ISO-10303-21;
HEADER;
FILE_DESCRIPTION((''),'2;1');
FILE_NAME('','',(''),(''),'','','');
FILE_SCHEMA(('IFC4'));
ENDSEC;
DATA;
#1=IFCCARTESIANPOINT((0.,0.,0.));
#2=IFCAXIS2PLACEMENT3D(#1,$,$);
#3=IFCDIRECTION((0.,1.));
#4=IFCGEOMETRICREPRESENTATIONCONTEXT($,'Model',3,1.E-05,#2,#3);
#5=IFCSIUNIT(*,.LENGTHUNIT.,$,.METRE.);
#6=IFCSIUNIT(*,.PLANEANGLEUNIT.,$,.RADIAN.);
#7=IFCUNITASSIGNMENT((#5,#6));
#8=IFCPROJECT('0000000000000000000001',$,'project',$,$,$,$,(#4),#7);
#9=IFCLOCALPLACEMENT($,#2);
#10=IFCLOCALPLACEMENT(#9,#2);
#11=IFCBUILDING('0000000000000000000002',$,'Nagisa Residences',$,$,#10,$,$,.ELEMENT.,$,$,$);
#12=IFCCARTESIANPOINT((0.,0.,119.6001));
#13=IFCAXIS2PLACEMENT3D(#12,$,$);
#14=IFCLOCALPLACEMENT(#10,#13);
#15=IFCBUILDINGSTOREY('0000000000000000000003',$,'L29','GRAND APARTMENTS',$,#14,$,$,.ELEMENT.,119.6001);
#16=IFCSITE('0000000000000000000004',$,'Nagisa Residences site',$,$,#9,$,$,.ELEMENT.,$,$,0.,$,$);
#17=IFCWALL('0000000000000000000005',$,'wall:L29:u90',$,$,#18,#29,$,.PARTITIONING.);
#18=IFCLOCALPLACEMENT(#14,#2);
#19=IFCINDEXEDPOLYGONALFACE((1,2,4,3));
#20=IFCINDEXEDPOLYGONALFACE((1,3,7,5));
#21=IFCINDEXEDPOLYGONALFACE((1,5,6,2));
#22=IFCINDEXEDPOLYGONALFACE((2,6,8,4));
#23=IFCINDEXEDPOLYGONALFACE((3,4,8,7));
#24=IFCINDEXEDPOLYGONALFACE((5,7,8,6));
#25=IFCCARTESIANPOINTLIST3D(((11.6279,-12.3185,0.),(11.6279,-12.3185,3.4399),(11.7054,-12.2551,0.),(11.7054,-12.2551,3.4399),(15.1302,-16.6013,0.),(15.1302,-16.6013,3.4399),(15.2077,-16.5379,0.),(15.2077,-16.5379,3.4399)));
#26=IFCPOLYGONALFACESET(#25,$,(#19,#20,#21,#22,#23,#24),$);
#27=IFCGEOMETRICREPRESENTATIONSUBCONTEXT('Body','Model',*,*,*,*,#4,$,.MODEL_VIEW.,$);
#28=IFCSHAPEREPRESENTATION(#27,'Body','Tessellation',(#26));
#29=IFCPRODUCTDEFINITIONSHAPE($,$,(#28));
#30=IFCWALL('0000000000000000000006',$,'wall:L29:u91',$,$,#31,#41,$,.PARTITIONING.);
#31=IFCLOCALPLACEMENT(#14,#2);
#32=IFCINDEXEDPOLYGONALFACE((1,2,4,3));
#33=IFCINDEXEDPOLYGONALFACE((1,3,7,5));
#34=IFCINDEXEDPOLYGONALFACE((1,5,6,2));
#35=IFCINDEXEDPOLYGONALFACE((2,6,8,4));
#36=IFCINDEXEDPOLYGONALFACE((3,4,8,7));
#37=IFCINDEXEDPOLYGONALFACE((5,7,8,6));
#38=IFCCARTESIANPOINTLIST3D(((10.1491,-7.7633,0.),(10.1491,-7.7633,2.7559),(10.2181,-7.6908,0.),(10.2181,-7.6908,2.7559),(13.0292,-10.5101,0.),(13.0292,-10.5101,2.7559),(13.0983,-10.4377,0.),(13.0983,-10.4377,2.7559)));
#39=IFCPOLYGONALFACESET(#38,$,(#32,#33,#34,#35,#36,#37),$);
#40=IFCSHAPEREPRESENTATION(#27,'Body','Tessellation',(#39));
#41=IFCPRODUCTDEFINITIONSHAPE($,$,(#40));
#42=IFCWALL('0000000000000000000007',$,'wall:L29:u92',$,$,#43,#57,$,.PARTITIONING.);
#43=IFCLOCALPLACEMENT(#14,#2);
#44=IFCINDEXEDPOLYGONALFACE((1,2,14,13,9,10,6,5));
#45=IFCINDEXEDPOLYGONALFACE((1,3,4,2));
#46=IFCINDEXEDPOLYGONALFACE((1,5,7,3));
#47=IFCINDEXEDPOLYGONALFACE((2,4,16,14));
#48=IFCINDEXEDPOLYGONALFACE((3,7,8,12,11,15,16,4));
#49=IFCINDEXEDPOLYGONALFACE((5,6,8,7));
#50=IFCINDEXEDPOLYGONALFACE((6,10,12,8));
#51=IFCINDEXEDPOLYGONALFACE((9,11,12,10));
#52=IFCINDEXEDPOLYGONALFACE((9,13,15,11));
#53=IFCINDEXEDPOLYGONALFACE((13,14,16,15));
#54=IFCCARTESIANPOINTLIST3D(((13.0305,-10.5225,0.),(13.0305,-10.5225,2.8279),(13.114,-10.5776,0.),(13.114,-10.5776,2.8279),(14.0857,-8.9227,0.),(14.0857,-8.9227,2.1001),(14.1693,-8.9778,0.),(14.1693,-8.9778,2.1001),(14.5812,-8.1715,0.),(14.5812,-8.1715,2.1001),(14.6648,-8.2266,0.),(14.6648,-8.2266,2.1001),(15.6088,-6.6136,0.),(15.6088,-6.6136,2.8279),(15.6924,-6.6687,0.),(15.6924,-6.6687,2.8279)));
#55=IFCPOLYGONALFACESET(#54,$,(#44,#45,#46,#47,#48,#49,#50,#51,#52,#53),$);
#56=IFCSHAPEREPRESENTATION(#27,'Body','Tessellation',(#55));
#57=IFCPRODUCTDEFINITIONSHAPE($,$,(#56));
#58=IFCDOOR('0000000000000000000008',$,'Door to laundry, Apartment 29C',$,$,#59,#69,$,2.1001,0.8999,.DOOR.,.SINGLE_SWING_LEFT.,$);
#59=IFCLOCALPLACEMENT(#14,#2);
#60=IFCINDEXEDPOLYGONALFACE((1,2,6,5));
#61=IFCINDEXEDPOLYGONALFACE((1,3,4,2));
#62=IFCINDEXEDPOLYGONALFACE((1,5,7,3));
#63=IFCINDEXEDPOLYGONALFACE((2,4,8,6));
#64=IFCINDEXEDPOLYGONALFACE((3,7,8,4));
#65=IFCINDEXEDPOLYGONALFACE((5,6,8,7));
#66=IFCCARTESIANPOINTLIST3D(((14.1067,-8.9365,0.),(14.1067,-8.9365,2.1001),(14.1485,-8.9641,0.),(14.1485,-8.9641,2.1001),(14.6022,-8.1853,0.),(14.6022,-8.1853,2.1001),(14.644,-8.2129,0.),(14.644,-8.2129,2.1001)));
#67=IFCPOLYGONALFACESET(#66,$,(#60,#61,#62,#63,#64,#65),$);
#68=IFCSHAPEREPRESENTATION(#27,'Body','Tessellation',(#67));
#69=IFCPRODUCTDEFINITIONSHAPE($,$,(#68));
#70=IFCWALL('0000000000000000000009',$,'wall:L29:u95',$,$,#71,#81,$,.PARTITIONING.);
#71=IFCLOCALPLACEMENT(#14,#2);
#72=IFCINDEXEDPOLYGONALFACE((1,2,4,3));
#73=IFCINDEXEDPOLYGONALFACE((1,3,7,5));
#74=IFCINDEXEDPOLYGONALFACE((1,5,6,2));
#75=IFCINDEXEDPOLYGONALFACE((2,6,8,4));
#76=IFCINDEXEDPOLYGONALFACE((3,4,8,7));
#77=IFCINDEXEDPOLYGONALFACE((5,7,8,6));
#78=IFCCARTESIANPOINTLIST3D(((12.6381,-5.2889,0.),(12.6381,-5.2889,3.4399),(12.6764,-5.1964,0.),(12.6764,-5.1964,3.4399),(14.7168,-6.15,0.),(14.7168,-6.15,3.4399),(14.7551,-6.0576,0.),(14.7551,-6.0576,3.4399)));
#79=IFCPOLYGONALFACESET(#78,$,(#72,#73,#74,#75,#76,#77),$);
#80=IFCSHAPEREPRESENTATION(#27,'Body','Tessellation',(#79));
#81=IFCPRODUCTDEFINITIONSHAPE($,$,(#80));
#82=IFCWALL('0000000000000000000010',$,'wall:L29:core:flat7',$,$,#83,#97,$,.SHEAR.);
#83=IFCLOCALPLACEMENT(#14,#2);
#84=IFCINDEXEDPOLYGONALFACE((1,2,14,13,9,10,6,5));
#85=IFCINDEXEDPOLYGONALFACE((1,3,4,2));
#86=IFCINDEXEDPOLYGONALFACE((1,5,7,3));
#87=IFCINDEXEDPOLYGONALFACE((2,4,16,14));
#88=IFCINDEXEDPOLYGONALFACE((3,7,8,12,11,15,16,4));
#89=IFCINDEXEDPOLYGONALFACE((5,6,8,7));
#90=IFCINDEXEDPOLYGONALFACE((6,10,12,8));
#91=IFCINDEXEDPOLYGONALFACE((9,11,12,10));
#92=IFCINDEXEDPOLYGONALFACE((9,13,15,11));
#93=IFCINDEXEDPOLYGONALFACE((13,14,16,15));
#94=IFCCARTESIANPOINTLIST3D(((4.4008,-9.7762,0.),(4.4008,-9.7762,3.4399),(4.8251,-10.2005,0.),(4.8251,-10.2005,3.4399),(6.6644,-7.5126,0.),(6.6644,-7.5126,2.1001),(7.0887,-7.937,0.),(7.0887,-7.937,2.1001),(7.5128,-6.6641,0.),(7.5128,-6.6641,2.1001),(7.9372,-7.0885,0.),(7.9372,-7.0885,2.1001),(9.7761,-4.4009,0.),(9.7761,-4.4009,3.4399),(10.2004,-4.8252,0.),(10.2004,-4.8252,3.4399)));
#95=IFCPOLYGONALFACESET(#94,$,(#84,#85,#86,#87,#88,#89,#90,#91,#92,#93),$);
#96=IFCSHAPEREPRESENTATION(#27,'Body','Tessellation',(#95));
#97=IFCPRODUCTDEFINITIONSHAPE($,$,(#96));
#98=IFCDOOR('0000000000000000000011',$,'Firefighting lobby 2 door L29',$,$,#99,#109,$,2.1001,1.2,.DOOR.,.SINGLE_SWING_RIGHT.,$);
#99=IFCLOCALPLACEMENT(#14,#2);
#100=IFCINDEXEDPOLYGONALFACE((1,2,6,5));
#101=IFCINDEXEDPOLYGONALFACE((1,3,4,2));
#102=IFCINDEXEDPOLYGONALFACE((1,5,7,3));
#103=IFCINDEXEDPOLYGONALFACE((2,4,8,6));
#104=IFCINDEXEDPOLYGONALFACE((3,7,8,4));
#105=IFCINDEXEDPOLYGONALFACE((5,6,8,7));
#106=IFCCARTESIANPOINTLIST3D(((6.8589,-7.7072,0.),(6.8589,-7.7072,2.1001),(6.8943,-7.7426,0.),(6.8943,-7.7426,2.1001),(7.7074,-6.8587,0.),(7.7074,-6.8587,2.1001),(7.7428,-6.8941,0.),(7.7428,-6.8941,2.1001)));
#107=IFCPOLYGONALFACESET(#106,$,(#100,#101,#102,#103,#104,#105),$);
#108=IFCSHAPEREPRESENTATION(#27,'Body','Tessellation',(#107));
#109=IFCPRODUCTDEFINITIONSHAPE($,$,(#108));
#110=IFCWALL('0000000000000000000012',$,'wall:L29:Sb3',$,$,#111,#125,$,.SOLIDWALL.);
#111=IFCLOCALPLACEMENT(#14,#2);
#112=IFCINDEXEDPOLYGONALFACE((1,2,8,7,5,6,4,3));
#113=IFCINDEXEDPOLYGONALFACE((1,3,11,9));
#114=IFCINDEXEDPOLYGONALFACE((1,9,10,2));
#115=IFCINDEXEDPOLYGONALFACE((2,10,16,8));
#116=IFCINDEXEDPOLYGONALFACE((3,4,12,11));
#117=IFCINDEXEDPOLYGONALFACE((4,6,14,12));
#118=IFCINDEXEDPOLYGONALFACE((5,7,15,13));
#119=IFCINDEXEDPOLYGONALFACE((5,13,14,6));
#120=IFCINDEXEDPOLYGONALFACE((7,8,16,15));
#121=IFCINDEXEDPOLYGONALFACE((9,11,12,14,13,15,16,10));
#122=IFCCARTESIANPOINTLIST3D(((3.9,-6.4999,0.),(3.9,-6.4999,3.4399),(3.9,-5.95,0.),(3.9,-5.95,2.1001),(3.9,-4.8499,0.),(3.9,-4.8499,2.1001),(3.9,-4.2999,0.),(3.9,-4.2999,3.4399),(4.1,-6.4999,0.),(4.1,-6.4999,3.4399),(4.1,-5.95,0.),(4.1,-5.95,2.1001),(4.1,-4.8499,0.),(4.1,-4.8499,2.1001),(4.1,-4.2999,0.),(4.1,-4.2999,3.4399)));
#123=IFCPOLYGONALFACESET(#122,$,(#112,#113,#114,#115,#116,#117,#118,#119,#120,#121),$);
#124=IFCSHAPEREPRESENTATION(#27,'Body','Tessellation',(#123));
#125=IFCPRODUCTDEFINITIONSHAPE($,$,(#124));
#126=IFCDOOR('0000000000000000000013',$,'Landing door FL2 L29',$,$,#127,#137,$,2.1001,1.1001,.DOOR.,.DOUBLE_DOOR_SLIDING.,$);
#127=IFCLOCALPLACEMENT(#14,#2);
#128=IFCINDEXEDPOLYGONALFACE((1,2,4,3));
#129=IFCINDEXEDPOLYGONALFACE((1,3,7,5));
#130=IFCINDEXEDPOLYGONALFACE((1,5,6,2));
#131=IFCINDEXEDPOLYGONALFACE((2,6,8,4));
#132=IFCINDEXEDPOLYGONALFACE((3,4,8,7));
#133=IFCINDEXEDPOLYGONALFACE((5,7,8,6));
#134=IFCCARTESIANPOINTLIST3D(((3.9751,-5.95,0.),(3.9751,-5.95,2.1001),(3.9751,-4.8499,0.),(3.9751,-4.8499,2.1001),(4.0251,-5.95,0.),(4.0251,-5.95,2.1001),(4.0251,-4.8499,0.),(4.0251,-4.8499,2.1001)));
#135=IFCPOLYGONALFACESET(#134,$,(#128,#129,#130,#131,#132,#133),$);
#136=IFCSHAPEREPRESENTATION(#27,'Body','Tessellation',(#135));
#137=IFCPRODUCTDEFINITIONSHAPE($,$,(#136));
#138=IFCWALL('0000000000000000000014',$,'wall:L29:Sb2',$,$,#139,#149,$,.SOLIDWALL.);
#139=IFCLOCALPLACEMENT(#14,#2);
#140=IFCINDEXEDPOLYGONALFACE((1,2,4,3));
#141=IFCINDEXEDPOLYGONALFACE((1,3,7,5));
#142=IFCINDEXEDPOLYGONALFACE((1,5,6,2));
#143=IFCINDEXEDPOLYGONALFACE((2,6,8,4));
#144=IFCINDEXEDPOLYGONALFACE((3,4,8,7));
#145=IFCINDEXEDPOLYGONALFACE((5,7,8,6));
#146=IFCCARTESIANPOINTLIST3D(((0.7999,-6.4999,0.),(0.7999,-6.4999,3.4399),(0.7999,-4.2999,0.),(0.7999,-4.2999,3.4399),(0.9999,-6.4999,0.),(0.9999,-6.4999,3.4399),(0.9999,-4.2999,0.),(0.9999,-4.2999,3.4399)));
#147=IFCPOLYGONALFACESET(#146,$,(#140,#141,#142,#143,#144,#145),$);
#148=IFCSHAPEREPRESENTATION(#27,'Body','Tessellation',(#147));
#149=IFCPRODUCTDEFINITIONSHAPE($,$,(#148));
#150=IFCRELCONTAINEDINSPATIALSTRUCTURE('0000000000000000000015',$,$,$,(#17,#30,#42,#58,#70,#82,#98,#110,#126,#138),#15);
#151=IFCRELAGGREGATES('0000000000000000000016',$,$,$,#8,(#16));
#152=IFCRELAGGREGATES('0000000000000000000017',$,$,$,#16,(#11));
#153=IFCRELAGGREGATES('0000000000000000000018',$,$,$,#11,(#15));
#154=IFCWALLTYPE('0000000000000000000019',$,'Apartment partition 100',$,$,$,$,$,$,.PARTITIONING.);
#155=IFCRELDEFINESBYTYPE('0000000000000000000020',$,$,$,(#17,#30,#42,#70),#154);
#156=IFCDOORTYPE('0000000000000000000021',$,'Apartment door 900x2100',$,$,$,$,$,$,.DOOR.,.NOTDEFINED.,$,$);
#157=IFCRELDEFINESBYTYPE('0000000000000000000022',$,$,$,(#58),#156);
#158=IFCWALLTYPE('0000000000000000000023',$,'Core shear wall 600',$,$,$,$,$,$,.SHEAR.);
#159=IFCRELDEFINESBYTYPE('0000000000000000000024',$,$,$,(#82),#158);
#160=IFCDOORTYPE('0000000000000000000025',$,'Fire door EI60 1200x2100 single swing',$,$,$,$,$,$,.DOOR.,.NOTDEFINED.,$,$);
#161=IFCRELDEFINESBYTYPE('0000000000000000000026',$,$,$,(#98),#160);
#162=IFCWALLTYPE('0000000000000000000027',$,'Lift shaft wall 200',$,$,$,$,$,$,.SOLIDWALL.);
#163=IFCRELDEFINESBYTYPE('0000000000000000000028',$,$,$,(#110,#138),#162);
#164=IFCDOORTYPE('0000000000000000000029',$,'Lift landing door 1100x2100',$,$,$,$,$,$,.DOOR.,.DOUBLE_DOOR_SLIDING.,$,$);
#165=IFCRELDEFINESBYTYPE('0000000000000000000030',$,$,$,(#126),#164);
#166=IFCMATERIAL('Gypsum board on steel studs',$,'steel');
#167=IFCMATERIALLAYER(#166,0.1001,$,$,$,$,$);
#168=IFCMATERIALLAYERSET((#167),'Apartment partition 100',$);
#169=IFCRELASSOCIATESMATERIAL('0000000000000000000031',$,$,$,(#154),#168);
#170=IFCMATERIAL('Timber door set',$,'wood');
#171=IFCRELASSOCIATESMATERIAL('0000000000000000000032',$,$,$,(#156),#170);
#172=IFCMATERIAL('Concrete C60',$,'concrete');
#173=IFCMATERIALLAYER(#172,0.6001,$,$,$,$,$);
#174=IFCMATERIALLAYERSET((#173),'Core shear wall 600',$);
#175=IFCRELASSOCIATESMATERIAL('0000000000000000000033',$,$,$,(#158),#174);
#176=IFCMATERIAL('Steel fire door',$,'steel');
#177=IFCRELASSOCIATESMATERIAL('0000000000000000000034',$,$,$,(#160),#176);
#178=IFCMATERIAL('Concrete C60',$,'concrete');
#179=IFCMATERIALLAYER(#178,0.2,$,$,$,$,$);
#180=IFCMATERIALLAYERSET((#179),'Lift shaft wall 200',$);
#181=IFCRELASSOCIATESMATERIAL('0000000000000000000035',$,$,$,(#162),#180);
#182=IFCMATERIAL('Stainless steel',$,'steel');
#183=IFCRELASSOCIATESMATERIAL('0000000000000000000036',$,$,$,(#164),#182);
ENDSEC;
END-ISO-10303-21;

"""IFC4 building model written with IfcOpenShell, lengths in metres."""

from ifc_helpers import new_model, si_unit, direction, frame, frame_2d, origin, place, context, subcontext, project, spatial, rectangle, extrude, material, layer, layer_set, type_object, element, fill, save


model = new_model("IFC4")

# Units and contexts
model_context = context("Model", 3, precision=1e-05, world=origin(), true_north=direction((0.0, 1.0)))
body_context = subcontext(model_context, "Body", "Model", "MODEL_VIEW")
ifc_project = project(units=[si_unit("LENGTHUNIT", "METRE"), si_unit("PLANEANGLEUNIT", "RADIAN")], contexts=[model_context])

# Site, building, storey
site_placement = place(None, origin())
site = spatial("IfcSite", under=ifc_project, at=site_placement, Name="Nagisa Residences site", CompositionType="ELEMENT", RefElevation=0.0)
building_placement = place(site_placement, origin())
building = spatial("IfcBuilding", under=site, at=building_placement, Name="Nagisa Residences", CompositionType="ELEMENT")
storey_placement = place(building_placement, frame((0.0, 0.0, 119.6001)))
storey = spatial("IfcBuildingStorey", under=building, at=storey_placement, Name="L29", Description="GRAND APARTMENTS", CompositionType="ELEMENT", Elevation=119.6001)

# Walls
ifc_material_1 = material(Name="Gypsum board on steel studs", Category="steel")
ifc_layer_1 = layer(ifc_material_1, 0.1001)
ifc_layer_set_1 = layer_set([ifc_layer_1], Name="Apartment partition 100")
wall_type_1 = type_object("IfcWallType", Name="Apartment partition 100", PredefinedType="PARTITIONING", material=ifc_layer_set_1)
wall_1_placement = place(storey_placement, frame((11.6667, -12.2869, 0.0), z_axis=(0.0, 0.0, 1.0), x_axis=(0.633038, -0.77412, 0.0)))
element("IfcWall", 1, at=wall_1_placement, inside=storey, type_object=wall_type_1, Name="wall:L29:u90", PredefinedType="PARTITIONING", context=body_context, shape_type="SweptSolid", body=[
    extrude(rectangle(XDim=5.5325, YDim=0.1001, at=frame_2d((2.7661, 0.0))), origin(), (0.0, 0.0, 1.0), 3.4399),
])
wall_2_placement = place(storey_placement, frame((10.1836, -7.7271, 0.0), z_axis=(0.0, 0.0, 1.0), x_axis=(0.723655, -0.690162, 0.0)))
element("IfcWall", 2, at=wall_2_placement, inside=storey, type_object=wall_type_1, Name="wall:L29:u91", PredefinedType="PARTITIONING", context=body_context, shape_type="SweptSolid", body=[
    extrude(rectangle(XDim=3.98, YDim=0.1001, at=frame_2d((1.99, 0.0))), origin(), (0.0, 0.0, 1.0), 2.7559),
])

# Wall, opening, door
wall_3_placement = place(storey_placement, frame((13.0723, -10.55, 0.0), z_axis=(0.0, 0.0, 1.0), x_axis=(0.550615, 0.834759, 0.0)))
wall_3 = element("IfcWall", 3, at=wall_3_placement, inside=storey, type_object=wall_type_1, Name="wall:L29:u92", PredefinedType="PARTITIONING", context=body_context, shape_type="SweptSolid", body=[
    extrude(rectangle(XDim=4.6826, YDim=0.1001, at=frame_2d((2.3413, 0.0))), origin(), (0.0, 0.0, 1.0), 2.8279),
])
opening_1_placement = place(wall_3_placement, frame((1.9165, 0.0, 0.0)))
opening_1 = element("IfcOpeningElement", 4, at=opening_1_placement, cuts=wall_3, PredefinedType="OPENING", context=body_context, shape_type="SweptSolid", body=[
    extrude(rectangle(XDim=0.8999, YDim=2.1001, at=frame_2d((0.45, 1.05))), frame((0.0, 0.0601, 0.0), z_axis=(0.0, -1.0, 0.0), x_axis=(1.0, 0.0, 0.0)), (0.0, 0.0, 1.0), 0.1201),
])
ifc_material_2 = material(Name="Timber door set", Category="wood")
door_type_1 = type_object("IfcDoorType", Name="Apartment door 900x2100", OperationType="NOTDEFINED", PredefinedType="DOOR", material=ifc_material_2)
door_1_placement = place(opening_1_placement, origin())
door_1 = element("IfcDoor", 5, at=door_1_placement, inside=storey, type_object=door_type_1, Name="Door to laundry, Apartment 29C", OperationType="SINGLE_SWING_LEFT", OverallHeight=2.1001, OverallWidth=0.8999, PredefinedType="DOOR", context=body_context, shape_type="SweptSolid", body=[
    extrude(rectangle(XDim=0.8999, YDim=2.1001, at=frame_2d((0.45, 1.05))), frame((0.0, 0.0249, 0.0), z_axis=(0.0, -1.0, 0.0), x_axis=(1.0, 0.0, 0.0)), (0.0, 0.0, 1.0), 0.05),
])
fill(opening_1, door_1)

# Wall
wall_4_placement = place(storey_placement, frame((12.6572, -5.2427, 0.0), z_axis=(0.0, 0.0, 1.0), x_axis=(0.923865, -0.382719, 0.0)))
element("IfcWall", 6, at=wall_4_placement, inside=storey, type_object=wall_type_1, Name="wall:L29:u95", PredefinedType="PARTITIONING", context=body_context, shape_type="SweptSolid", body=[
    extrude(rectangle(XDim=2.25, YDim=0.1001, at=frame_2d((1.125, 0.0))), origin(), (0.0, 0.0, 1.0), 3.4399),
])

# Walls, openings, doors
ifc_material_3 = material(Name="Concrete C60", Category="concrete")
ifc_layer_2 = layer(ifc_material_3, 0.6001)
ifc_layer_set_2 = layer_set([ifc_layer_2], Name="Core shear wall 600")
wall_type_2 = type_object("IfcWallType", Name="Core shear wall 600", PredefinedType="SHEAR", material=ifc_layer_set_2)
wall_5_placement = place(storey_placement, frame((4.613, -9.9883, 0.0), z_axis=(0.0, 0.0, 1.0), x_axis=(0.707107, 0.707107, 0.0)))
wall_5 = element("IfcWall", 7, at=wall_5_placement, inside=storey, type_object=wall_type_2, Name="wall:L29:core:flat7", PredefinedType="SHEAR", context=body_context, shape_type="SweptSolid", body=[
    extrude(rectangle(XDim=7.6018, YDim=0.6001, at=frame_2d((3.8008, 0.0))), origin(), (0.0, 0.0, 1.0), 3.4399),
])
opening_2_placement = place(wall_5_placement, frame((3.2009, 0.0, 0.0)))
opening_2 = element("IfcOpeningElement", 8, at=opening_2_placement, cuts=wall_5, PredefinedType="OPENING", context=body_context, shape_type="SweptSolid", body=[
    extrude(rectangle(XDim=1.2, YDim=2.1001, at=frame_2d((0.6001, 1.05))), frame((0.0, 0.3101, 0.0), z_axis=(0.0, -1.0, 0.0), x_axis=(1.0, 0.0, 0.0)), (0.0, 0.0, 1.0), 0.6201),
])
ifc_material_4 = material(Name="Steel fire door", Category="steel")
door_type_2 = type_object("IfcDoorType", Name="Fire door EI60 1200x2100 single swing", OperationType="NOTDEFINED", PredefinedType="DOOR", material=ifc_material_4)
door_2_placement = place(opening_2_placement, origin())
door_2 = element("IfcDoor", 9, at=door_2_placement, inside=storey, type_object=door_type_2, Name="Firefighting lobby 2 door L29", OperationType="SINGLE_SWING_RIGHT", OverallHeight=2.1001, OverallWidth=1.2, PredefinedType="DOOR", context=body_context, shape_type="SweptSolid", body=[
    extrude(rectangle(XDim=1.2, YDim=2.1001, at=frame_2d((0.6001, 1.05))), frame((0.0, 0.0249, 0.0), z_axis=(0.0, -1.0, 0.0), x_axis=(1.0, 0.0, 0.0)), (0.0, 0.0, 1.0), 0.05),
])
fill(opening_2, door_2)
ifc_material_5 = material(Name="Concrete C60", Category="concrete")
ifc_layer_3 = layer(ifc_material_5, 0.2)
ifc_layer_set_3 = layer_set([ifc_layer_3], Name="Lift shaft wall 200")
wall_type_3 = type_object("IfcWallType", Name="Lift shaft wall 200", PredefinedType="SOLIDWALL", material=ifc_layer_set_3)
wall_6_placement = place(storey_placement, frame((4.0, -6.5, 0.0), z_axis=(0.0, 0.0, 1.0), x_axis=(0.0, 1.0, 0.0)))
wall_6 = element("IfcWall", 10, at=wall_6_placement, inside=storey, type_object=wall_type_3, Name="wall:L29:Sb3", PredefinedType="SOLIDWALL", context=body_context, shape_type="SweptSolid", body=[
    extrude(rectangle(XDim=2.2, YDim=0.2, at=frame_2d((1.1001, 0.0))), origin(), (0.0, 0.0, 1.0), 3.4399),
])
opening_3_placement = place(wall_6_placement, frame((0.55, 0.0, 0.0)))
opening_3 = element("IfcOpeningElement", 11, at=opening_3_placement, cuts=wall_6, PredefinedType="OPENING", context=body_context, shape_type="SweptSolid", body=[
    extrude(rectangle(XDim=1.1001, YDim=2.1001, at=frame_2d((0.55, 1.05))), frame((0.0, 0.1099, 0.0), z_axis=(0.0, -1.0, 0.0), x_axis=(1.0, 0.0, 0.0)), (0.0, 0.0, 1.0), 0.22),
])
ifc_material_6 = material(Name="Stainless steel", Category="steel")
door_type_3 = type_object("IfcDoorType", Name="Lift landing door 1100x2100", OperationType="DOUBLE_DOOR_SLIDING", PredefinedType="DOOR", material=ifc_material_6)
door_3_placement = place(opening_3_placement, origin())
door_3 = element("IfcDoor", 12, at=door_3_placement, inside=storey, type_object=door_type_3, Name="Landing door FL2 L29", OperationType="DOUBLE_DOOR_SLIDING", OverallHeight=2.1001, OverallWidth=1.1001, PredefinedType="DOOR", context=body_context, shape_type="SweptSolid", body=[
    extrude(rectangle(XDim=1.1001, YDim=2.1001, at=frame_2d((0.55, 1.05))), frame((0.0, 0.0249, 0.0), z_axis=(0.0, -1.0, 0.0), x_axis=(1.0, 0.0, 0.0)), (0.0, 0.0, 1.0), 0.05),
])
fill(opening_3, door_3)

# Wall
wall_7_placement = place(storey_placement, frame((0.8999, -6.5, 0.0), z_axis=(0.0, 0.0, 1.0), x_axis=(0.0, 1.0, 0.0)))
element("IfcWall", 13, at=wall_7_placement, inside=storey, type_object=wall_type_3, Name="wall:L29:Sb2", PredefinedType="SOLIDWALL", context=body_context, shape_type="SweptSolid", body=[
    extrude(rectangle(XDim=2.2, YDim=0.2, at=frame_2d((1.1001, 0.0))), origin(), (0.0, 0.0, 1.0), 3.4399),
])

save(model, "model.ifc")
